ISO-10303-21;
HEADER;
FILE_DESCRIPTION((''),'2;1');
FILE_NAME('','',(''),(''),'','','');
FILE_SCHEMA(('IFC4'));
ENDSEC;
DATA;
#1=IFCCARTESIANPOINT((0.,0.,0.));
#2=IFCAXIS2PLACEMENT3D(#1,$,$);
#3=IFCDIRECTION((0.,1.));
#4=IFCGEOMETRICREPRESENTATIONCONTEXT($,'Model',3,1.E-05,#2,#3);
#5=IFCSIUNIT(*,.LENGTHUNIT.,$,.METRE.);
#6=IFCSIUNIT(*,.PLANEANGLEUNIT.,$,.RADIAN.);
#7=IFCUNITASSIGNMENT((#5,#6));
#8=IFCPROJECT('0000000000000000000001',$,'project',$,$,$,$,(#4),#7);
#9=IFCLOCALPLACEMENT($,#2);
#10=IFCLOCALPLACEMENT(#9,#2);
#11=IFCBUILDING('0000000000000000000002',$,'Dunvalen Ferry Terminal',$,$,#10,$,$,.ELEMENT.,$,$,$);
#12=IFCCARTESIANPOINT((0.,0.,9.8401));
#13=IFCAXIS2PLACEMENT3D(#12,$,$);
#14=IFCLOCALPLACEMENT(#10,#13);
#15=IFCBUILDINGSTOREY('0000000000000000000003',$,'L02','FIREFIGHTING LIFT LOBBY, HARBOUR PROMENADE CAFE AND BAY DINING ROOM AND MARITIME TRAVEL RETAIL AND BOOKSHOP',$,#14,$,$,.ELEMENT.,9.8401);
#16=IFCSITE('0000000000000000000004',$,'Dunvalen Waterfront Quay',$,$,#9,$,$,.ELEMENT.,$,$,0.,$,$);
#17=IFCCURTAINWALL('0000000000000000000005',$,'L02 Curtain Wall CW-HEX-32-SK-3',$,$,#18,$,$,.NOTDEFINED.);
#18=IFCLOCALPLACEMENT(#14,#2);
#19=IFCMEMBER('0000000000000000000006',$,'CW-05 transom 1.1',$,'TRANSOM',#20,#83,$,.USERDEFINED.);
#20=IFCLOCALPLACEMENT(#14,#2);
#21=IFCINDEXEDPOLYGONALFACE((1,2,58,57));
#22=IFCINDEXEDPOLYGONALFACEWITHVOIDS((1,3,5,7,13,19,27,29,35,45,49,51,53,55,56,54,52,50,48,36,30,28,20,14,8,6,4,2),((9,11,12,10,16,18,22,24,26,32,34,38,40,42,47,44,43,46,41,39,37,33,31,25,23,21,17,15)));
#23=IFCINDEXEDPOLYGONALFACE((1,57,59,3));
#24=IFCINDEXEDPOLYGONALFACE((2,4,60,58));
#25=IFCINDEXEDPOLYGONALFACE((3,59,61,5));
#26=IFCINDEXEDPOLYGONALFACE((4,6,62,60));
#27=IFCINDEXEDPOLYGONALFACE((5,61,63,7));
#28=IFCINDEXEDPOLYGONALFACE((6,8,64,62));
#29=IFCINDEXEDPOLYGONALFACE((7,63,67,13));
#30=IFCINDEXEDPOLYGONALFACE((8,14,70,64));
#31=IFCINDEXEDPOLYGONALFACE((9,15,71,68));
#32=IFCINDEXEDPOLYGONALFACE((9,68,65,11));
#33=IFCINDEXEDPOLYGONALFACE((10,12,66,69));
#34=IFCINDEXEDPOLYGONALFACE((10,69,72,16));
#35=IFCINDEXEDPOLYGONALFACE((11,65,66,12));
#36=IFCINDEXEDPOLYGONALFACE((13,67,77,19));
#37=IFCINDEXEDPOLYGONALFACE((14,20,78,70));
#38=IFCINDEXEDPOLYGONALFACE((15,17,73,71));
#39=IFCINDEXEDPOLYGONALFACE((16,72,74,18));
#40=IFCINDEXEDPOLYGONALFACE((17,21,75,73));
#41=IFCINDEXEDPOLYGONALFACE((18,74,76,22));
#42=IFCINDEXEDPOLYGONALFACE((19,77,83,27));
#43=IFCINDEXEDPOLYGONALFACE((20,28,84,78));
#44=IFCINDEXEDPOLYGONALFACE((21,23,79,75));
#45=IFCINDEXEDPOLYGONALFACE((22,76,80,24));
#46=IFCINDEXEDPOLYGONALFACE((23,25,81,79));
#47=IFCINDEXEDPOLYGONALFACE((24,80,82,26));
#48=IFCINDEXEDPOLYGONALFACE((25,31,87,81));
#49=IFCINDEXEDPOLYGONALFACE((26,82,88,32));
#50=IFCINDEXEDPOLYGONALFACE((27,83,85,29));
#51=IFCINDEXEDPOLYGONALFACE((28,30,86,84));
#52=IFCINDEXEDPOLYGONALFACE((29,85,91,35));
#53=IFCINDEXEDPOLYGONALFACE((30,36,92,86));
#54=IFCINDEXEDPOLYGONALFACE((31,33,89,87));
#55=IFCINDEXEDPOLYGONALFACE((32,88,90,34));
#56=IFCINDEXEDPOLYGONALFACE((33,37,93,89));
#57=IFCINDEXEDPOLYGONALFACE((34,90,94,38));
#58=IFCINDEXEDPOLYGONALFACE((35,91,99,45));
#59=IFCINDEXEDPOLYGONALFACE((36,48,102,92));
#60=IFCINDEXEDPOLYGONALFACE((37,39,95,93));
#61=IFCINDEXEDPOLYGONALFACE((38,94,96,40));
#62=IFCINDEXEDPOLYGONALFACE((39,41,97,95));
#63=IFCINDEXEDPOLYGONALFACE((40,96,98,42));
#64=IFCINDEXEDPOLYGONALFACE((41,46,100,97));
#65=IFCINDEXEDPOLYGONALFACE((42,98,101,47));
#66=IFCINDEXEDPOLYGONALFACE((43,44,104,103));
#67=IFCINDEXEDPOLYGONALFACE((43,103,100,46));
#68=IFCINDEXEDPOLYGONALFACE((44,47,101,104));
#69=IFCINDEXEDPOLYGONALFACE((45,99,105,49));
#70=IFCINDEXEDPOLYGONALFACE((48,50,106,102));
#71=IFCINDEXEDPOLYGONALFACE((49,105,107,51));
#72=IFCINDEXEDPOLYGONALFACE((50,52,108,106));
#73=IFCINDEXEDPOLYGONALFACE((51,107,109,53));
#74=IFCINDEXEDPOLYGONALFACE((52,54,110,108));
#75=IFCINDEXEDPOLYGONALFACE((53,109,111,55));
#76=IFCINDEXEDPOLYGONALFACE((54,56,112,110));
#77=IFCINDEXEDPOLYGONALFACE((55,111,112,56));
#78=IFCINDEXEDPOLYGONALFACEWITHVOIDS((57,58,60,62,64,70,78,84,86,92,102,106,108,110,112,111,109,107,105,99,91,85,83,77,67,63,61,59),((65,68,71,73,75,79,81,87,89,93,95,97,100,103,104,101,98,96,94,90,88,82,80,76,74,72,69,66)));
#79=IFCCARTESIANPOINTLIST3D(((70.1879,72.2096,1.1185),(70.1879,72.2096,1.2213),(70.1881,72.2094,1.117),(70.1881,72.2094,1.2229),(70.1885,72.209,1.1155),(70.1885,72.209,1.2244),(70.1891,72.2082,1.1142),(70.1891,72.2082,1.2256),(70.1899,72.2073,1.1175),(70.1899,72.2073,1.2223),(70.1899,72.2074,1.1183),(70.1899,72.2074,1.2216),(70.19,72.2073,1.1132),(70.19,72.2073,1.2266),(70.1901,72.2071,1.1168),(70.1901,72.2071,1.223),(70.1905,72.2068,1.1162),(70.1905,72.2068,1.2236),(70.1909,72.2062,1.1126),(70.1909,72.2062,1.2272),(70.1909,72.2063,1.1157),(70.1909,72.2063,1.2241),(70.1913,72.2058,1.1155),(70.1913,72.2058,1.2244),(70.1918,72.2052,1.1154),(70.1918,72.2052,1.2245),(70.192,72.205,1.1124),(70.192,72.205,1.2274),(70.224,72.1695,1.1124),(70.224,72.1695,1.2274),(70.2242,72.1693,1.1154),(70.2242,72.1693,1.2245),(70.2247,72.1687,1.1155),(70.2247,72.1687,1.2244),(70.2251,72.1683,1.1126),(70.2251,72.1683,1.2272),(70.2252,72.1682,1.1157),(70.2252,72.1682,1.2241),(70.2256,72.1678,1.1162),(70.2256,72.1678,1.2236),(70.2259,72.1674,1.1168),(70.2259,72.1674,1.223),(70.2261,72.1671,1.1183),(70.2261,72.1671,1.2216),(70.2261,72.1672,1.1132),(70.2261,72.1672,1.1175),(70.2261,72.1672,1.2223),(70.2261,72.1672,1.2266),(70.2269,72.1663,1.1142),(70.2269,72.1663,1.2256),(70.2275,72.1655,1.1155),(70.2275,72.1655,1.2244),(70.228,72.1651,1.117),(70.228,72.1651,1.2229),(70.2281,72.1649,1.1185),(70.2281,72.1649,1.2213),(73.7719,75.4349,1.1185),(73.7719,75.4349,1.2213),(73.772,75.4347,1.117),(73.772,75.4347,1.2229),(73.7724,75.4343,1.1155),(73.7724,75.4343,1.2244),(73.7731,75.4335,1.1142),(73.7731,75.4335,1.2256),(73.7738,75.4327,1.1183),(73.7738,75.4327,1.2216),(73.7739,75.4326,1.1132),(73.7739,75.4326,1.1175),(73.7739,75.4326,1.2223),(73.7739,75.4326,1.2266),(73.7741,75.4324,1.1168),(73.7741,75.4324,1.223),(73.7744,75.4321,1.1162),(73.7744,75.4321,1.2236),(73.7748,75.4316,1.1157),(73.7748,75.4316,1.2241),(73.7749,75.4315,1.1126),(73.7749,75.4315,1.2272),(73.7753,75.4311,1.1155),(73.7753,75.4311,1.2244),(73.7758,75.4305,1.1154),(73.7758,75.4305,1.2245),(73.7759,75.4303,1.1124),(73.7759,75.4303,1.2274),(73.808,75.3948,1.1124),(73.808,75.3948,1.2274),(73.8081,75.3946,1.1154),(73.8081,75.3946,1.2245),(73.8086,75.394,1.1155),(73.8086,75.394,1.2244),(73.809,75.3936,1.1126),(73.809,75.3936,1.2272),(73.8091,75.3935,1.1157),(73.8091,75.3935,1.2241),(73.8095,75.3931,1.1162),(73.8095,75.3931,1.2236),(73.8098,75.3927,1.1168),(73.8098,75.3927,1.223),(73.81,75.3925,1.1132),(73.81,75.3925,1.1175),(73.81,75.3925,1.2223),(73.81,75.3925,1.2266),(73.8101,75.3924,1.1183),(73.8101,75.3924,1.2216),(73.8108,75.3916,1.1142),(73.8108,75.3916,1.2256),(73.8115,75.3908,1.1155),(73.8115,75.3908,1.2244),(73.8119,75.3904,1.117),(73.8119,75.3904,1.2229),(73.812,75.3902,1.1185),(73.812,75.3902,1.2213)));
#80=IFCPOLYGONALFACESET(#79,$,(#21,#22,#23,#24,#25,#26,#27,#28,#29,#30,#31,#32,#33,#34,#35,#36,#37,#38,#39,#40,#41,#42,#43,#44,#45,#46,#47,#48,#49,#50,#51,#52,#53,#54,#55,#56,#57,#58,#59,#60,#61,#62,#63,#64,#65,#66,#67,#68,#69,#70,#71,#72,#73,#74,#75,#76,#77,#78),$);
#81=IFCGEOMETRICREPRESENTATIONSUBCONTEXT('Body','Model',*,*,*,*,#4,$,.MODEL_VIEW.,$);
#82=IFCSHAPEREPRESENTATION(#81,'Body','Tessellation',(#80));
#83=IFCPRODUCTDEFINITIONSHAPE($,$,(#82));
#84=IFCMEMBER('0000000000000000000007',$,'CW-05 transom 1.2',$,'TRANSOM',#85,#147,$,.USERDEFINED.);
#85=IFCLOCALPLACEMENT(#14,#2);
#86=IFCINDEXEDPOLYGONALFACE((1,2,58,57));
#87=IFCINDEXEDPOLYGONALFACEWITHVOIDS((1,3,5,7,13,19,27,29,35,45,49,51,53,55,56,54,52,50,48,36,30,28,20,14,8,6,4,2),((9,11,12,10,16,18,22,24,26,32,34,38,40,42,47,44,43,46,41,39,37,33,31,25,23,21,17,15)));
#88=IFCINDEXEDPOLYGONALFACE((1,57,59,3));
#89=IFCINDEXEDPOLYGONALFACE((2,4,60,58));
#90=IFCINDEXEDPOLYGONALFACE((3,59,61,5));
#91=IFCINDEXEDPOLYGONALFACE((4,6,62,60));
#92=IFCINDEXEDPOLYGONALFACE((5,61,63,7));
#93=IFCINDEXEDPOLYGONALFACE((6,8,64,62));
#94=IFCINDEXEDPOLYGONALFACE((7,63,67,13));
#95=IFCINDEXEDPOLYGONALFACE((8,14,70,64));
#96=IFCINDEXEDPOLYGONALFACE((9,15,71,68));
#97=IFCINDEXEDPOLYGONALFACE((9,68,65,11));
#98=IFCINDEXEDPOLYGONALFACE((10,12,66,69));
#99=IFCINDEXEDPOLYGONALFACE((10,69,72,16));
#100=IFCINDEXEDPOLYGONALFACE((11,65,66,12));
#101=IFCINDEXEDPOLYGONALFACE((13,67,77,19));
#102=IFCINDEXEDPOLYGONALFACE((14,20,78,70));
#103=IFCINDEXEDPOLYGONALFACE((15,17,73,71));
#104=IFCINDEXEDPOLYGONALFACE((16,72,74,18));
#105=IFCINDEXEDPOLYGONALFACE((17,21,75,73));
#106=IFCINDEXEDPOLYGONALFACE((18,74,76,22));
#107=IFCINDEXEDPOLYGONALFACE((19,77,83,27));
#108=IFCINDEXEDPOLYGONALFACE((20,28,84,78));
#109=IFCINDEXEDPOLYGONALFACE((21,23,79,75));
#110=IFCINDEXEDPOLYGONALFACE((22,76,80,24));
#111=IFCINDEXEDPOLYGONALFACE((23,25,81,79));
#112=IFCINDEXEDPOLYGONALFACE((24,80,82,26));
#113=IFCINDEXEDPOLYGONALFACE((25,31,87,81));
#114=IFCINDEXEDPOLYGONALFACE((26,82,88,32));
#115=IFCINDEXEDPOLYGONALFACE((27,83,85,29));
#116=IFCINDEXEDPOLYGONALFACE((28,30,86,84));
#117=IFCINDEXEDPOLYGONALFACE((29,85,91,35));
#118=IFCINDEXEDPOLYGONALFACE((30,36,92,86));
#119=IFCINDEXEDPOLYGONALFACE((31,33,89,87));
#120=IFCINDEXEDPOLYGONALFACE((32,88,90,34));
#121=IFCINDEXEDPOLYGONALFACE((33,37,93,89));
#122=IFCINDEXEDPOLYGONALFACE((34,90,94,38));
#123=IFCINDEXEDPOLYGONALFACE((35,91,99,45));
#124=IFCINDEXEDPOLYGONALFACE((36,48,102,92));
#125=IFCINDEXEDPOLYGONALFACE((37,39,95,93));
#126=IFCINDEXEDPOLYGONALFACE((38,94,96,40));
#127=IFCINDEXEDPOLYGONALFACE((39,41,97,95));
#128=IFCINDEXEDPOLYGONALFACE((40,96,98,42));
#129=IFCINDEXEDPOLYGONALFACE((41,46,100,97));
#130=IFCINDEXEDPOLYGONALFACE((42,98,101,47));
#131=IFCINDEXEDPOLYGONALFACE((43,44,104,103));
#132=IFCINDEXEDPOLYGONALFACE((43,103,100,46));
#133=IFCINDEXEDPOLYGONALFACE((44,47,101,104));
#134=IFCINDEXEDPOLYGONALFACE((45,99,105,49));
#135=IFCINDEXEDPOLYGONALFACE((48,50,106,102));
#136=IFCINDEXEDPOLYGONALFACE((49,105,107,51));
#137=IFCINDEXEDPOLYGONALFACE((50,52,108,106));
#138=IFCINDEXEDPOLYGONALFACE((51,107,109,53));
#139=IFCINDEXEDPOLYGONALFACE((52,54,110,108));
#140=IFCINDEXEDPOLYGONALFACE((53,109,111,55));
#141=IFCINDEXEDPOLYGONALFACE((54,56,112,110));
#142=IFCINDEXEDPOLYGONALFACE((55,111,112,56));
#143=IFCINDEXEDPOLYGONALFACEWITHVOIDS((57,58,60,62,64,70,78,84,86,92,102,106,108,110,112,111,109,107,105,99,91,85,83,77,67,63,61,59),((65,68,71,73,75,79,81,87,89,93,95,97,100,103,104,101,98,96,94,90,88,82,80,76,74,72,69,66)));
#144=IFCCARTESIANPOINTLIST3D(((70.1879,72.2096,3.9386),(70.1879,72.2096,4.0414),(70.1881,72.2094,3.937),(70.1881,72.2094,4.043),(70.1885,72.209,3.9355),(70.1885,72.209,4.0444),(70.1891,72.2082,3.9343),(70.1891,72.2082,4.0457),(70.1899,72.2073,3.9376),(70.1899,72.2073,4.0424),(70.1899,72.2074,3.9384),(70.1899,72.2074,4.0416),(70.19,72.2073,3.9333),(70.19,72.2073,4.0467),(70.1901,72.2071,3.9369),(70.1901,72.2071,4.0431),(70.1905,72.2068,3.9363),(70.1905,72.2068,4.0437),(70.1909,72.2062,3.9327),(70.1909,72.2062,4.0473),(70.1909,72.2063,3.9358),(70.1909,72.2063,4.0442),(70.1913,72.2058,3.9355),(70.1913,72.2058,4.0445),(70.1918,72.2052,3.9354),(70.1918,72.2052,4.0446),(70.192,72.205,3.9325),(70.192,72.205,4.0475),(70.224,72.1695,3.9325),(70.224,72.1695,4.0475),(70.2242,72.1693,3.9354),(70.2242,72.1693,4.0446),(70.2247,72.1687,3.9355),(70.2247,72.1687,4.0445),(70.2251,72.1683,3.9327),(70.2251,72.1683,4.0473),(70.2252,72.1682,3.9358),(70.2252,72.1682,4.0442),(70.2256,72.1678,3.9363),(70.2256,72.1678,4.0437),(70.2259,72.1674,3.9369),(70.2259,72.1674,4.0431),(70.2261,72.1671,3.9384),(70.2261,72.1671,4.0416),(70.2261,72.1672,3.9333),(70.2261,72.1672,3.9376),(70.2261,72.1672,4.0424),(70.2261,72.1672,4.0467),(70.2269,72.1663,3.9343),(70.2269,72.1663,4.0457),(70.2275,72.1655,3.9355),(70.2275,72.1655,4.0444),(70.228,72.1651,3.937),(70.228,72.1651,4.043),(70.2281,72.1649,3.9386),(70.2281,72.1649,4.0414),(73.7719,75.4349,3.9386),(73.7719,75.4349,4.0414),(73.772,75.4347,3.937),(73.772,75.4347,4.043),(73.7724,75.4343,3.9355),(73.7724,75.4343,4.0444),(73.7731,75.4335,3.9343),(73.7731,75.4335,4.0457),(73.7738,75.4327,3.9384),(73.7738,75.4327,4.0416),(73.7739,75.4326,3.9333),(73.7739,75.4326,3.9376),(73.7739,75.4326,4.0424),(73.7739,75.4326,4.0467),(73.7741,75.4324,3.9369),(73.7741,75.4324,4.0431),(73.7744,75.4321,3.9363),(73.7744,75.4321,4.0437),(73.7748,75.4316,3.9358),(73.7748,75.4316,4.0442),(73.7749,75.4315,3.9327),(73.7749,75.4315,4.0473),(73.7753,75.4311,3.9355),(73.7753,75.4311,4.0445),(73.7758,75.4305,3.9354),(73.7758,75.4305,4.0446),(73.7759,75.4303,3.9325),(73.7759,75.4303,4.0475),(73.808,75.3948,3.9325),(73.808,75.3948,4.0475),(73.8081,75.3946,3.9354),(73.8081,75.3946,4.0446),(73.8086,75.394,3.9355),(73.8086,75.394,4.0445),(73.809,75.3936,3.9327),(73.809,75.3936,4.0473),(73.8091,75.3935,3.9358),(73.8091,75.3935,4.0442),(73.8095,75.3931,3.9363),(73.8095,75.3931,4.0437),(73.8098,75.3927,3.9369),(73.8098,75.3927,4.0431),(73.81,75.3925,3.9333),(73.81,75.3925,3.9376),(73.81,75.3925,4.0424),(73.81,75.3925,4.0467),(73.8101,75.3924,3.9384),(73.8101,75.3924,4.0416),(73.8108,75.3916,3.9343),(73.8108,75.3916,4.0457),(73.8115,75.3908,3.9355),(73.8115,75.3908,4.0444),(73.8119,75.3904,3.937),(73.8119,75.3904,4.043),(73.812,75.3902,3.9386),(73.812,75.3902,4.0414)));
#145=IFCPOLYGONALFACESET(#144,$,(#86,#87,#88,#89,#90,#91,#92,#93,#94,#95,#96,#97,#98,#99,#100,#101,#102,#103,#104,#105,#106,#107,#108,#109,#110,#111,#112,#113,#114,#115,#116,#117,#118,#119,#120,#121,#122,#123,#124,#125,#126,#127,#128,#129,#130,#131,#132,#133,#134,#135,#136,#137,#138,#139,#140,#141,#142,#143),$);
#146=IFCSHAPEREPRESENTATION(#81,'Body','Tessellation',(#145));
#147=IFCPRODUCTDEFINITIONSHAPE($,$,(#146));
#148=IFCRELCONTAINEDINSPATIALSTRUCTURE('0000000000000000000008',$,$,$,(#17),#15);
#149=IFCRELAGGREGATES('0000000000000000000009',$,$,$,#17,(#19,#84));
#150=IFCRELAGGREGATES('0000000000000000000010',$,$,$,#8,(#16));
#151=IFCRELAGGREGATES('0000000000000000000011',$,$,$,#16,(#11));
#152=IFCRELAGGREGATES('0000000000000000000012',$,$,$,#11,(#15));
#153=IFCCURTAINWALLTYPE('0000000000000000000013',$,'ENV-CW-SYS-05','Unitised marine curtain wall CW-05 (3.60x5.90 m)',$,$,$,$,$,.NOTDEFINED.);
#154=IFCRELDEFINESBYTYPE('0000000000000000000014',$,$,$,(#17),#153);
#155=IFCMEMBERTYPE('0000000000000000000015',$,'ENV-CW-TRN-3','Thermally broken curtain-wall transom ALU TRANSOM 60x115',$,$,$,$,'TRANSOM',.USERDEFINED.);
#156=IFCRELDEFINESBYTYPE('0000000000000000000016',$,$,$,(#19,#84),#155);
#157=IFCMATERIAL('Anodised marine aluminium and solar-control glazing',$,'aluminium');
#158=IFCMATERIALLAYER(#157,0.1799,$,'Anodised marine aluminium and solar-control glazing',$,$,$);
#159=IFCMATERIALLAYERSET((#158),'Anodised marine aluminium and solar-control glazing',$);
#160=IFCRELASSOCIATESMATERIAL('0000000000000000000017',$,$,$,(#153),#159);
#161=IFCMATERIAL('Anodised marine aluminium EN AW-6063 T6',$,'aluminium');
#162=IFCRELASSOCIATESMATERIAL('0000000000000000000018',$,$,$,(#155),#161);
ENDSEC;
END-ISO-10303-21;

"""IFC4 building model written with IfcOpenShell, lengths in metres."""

from ifc_helpers import new_model, si_unit, direction, frame, origin, origin_2d, place, context, subcontext, project, spatial, hollow_rectangle, extrude, material, layer, layer_set, material_profile, profile_set, type_object, element, aggregate, save


model = new_model("IFC4")

# Units and contexts
model_context = context("Model", 3, precision=1e-05, world=origin(), true_north=direction((0.0, 1.0)))
body_context = subcontext(model_context, "Body", "Model", "MODEL_VIEW")
ifc_project = project(units=[si_unit("LENGTHUNIT", "METRE"), si_unit("PLANEANGLEUNIT", "RADIAN")], contexts=[model_context])

# Site, building, storey
site_placement = place(None, origin())
site = spatial("IfcSite", under=ifc_project, at=site_placement, Name="Dunvalen Waterfront Quay", CompositionType="ELEMENT", RefElevation=0.0)
building_placement = place(site_placement, origin())
building = spatial("IfcBuilding", under=site, at=building_placement, Name="Dunvalen Ferry Terminal", CompositionType="ELEMENT")
storey_placement = place(building_placement, frame((0.0, 0.0, 9.8401)))
storey = spatial("IfcBuildingStorey", under=building, at=storey_placement, Name="L02", Description="FIREFIGHTING LIFT LOBBY, HARBOUR PROMENADE CAFE AND BAY DINING ROOM AND MARITIME TRAVEL RETAIL AND BOOKSHOP", CompositionType="ELEMENT", Elevation=9.8401)

# Curtain wall
ifc_material_1 = material(Name="Anodised marine aluminium and solar-control glazing", Category="aluminium")
ifc_layer_1 = layer(ifc_material_1, 0.1799, Name="Anodised marine aluminium and solar-control glazing")
ifc_layer_set_1 = layer_set([ifc_layer_1], Name="Anodised marine aluminium and solar-control glazing")
curtain_wall_type_1 = type_object("IfcCurtainWallType", Name="ENV-CW-SYS-05", Description="Unitised marine curtain wall CW-05 (3.60x5.90 m)", PredefinedType="NOTDEFINED", material=ifc_layer_set_1)
curtain_wall_1_placement = place(storey_placement, origin())
curtain_wall_1 = element("IfcCurtainWall", 1, at=curtain_wall_1_placement, inside=storey, type_object=curtain_wall_type_1, Name="L02 Curtain Wall CW-HEX-32-SK-3", PredefinedType="NOTDEFINED")
ifc_material_2 = material(Name="Anodised marine aluminium EN AW-6063 T6", Category="aluminium")

# Members
ifc_material_profile_1 = material_profile(ifc_material_2, hollow_rectangle(XDim=0.0601, YDim=0.115, WallThickness=0.0029, InnerFilletRadius=0.0029, OuterFilletRadius=0.0061, at=origin_2d()), Name="Anodised marine aluminium EN AW-6063 T6")
ifc_profile_set_1 = profile_set([ifc_material_profile_1], Name="Anodised marine aluminium EN AW-6063 T6")
member_type_1 = type_object("IfcMemberType", Name="ENV-CW-TRN-3", Description="Thermally broken curtain-wall transom ALU TRANSOM 60x115", ElementType="TRANSOM", PredefinedType="USERDEFINED", material=ifc_profile_set_1)
member_1_placement = place(storey_placement, frame((70.208, 72.1873, 1.1699), z_axis=(0.743319, 0.668937, 0.0), x_axis=(-0.668937, 0.743319, 0.0)))
member_1 = element("IfcMember", 2, at=member_1_placement, type_object=member_type_1, Name="CW-05 transom 1.1", ObjectType="TRANSOM", PredefinedType="USERDEFINED", context=body_context, shape_type="SweptSolid", body=[
    extrude(hollow_rectangle(XDim=0.0601, YDim=0.115, WallThickness=0.0029, InnerFilletRadius=0.0029, OuterFilletRadius=0.0061, at=origin_2d()), origin(), (0.0, 0.0, 1.0), 4.8215),
])
member_2_placement = place(storey_placement, frame((70.208, 72.1873, 3.99), z_axis=(0.743319, 0.668937, 0.0), x_axis=(-0.668937, 0.743319, 0.0)))
member_2 = element("IfcMember", 3, at=member_2_placement, type_object=member_type_1, Name="CW-05 transom 1.2", ObjectType="TRANSOM", PredefinedType="USERDEFINED", context=body_context, shape_type="SweptSolid", body=[
    extrude(hollow_rectangle(XDim=0.0601, YDim=0.115, WallThickness=0.0029, InnerFilletRadius=0.0029, OuterFilletRadius=0.0061, at=origin_2d()), origin(), (0.0, 0.0, 1.0), 4.8215),
])
aggregate(curtain_wall_1, [member_1, member_2])

save(model, "model.ifc")
